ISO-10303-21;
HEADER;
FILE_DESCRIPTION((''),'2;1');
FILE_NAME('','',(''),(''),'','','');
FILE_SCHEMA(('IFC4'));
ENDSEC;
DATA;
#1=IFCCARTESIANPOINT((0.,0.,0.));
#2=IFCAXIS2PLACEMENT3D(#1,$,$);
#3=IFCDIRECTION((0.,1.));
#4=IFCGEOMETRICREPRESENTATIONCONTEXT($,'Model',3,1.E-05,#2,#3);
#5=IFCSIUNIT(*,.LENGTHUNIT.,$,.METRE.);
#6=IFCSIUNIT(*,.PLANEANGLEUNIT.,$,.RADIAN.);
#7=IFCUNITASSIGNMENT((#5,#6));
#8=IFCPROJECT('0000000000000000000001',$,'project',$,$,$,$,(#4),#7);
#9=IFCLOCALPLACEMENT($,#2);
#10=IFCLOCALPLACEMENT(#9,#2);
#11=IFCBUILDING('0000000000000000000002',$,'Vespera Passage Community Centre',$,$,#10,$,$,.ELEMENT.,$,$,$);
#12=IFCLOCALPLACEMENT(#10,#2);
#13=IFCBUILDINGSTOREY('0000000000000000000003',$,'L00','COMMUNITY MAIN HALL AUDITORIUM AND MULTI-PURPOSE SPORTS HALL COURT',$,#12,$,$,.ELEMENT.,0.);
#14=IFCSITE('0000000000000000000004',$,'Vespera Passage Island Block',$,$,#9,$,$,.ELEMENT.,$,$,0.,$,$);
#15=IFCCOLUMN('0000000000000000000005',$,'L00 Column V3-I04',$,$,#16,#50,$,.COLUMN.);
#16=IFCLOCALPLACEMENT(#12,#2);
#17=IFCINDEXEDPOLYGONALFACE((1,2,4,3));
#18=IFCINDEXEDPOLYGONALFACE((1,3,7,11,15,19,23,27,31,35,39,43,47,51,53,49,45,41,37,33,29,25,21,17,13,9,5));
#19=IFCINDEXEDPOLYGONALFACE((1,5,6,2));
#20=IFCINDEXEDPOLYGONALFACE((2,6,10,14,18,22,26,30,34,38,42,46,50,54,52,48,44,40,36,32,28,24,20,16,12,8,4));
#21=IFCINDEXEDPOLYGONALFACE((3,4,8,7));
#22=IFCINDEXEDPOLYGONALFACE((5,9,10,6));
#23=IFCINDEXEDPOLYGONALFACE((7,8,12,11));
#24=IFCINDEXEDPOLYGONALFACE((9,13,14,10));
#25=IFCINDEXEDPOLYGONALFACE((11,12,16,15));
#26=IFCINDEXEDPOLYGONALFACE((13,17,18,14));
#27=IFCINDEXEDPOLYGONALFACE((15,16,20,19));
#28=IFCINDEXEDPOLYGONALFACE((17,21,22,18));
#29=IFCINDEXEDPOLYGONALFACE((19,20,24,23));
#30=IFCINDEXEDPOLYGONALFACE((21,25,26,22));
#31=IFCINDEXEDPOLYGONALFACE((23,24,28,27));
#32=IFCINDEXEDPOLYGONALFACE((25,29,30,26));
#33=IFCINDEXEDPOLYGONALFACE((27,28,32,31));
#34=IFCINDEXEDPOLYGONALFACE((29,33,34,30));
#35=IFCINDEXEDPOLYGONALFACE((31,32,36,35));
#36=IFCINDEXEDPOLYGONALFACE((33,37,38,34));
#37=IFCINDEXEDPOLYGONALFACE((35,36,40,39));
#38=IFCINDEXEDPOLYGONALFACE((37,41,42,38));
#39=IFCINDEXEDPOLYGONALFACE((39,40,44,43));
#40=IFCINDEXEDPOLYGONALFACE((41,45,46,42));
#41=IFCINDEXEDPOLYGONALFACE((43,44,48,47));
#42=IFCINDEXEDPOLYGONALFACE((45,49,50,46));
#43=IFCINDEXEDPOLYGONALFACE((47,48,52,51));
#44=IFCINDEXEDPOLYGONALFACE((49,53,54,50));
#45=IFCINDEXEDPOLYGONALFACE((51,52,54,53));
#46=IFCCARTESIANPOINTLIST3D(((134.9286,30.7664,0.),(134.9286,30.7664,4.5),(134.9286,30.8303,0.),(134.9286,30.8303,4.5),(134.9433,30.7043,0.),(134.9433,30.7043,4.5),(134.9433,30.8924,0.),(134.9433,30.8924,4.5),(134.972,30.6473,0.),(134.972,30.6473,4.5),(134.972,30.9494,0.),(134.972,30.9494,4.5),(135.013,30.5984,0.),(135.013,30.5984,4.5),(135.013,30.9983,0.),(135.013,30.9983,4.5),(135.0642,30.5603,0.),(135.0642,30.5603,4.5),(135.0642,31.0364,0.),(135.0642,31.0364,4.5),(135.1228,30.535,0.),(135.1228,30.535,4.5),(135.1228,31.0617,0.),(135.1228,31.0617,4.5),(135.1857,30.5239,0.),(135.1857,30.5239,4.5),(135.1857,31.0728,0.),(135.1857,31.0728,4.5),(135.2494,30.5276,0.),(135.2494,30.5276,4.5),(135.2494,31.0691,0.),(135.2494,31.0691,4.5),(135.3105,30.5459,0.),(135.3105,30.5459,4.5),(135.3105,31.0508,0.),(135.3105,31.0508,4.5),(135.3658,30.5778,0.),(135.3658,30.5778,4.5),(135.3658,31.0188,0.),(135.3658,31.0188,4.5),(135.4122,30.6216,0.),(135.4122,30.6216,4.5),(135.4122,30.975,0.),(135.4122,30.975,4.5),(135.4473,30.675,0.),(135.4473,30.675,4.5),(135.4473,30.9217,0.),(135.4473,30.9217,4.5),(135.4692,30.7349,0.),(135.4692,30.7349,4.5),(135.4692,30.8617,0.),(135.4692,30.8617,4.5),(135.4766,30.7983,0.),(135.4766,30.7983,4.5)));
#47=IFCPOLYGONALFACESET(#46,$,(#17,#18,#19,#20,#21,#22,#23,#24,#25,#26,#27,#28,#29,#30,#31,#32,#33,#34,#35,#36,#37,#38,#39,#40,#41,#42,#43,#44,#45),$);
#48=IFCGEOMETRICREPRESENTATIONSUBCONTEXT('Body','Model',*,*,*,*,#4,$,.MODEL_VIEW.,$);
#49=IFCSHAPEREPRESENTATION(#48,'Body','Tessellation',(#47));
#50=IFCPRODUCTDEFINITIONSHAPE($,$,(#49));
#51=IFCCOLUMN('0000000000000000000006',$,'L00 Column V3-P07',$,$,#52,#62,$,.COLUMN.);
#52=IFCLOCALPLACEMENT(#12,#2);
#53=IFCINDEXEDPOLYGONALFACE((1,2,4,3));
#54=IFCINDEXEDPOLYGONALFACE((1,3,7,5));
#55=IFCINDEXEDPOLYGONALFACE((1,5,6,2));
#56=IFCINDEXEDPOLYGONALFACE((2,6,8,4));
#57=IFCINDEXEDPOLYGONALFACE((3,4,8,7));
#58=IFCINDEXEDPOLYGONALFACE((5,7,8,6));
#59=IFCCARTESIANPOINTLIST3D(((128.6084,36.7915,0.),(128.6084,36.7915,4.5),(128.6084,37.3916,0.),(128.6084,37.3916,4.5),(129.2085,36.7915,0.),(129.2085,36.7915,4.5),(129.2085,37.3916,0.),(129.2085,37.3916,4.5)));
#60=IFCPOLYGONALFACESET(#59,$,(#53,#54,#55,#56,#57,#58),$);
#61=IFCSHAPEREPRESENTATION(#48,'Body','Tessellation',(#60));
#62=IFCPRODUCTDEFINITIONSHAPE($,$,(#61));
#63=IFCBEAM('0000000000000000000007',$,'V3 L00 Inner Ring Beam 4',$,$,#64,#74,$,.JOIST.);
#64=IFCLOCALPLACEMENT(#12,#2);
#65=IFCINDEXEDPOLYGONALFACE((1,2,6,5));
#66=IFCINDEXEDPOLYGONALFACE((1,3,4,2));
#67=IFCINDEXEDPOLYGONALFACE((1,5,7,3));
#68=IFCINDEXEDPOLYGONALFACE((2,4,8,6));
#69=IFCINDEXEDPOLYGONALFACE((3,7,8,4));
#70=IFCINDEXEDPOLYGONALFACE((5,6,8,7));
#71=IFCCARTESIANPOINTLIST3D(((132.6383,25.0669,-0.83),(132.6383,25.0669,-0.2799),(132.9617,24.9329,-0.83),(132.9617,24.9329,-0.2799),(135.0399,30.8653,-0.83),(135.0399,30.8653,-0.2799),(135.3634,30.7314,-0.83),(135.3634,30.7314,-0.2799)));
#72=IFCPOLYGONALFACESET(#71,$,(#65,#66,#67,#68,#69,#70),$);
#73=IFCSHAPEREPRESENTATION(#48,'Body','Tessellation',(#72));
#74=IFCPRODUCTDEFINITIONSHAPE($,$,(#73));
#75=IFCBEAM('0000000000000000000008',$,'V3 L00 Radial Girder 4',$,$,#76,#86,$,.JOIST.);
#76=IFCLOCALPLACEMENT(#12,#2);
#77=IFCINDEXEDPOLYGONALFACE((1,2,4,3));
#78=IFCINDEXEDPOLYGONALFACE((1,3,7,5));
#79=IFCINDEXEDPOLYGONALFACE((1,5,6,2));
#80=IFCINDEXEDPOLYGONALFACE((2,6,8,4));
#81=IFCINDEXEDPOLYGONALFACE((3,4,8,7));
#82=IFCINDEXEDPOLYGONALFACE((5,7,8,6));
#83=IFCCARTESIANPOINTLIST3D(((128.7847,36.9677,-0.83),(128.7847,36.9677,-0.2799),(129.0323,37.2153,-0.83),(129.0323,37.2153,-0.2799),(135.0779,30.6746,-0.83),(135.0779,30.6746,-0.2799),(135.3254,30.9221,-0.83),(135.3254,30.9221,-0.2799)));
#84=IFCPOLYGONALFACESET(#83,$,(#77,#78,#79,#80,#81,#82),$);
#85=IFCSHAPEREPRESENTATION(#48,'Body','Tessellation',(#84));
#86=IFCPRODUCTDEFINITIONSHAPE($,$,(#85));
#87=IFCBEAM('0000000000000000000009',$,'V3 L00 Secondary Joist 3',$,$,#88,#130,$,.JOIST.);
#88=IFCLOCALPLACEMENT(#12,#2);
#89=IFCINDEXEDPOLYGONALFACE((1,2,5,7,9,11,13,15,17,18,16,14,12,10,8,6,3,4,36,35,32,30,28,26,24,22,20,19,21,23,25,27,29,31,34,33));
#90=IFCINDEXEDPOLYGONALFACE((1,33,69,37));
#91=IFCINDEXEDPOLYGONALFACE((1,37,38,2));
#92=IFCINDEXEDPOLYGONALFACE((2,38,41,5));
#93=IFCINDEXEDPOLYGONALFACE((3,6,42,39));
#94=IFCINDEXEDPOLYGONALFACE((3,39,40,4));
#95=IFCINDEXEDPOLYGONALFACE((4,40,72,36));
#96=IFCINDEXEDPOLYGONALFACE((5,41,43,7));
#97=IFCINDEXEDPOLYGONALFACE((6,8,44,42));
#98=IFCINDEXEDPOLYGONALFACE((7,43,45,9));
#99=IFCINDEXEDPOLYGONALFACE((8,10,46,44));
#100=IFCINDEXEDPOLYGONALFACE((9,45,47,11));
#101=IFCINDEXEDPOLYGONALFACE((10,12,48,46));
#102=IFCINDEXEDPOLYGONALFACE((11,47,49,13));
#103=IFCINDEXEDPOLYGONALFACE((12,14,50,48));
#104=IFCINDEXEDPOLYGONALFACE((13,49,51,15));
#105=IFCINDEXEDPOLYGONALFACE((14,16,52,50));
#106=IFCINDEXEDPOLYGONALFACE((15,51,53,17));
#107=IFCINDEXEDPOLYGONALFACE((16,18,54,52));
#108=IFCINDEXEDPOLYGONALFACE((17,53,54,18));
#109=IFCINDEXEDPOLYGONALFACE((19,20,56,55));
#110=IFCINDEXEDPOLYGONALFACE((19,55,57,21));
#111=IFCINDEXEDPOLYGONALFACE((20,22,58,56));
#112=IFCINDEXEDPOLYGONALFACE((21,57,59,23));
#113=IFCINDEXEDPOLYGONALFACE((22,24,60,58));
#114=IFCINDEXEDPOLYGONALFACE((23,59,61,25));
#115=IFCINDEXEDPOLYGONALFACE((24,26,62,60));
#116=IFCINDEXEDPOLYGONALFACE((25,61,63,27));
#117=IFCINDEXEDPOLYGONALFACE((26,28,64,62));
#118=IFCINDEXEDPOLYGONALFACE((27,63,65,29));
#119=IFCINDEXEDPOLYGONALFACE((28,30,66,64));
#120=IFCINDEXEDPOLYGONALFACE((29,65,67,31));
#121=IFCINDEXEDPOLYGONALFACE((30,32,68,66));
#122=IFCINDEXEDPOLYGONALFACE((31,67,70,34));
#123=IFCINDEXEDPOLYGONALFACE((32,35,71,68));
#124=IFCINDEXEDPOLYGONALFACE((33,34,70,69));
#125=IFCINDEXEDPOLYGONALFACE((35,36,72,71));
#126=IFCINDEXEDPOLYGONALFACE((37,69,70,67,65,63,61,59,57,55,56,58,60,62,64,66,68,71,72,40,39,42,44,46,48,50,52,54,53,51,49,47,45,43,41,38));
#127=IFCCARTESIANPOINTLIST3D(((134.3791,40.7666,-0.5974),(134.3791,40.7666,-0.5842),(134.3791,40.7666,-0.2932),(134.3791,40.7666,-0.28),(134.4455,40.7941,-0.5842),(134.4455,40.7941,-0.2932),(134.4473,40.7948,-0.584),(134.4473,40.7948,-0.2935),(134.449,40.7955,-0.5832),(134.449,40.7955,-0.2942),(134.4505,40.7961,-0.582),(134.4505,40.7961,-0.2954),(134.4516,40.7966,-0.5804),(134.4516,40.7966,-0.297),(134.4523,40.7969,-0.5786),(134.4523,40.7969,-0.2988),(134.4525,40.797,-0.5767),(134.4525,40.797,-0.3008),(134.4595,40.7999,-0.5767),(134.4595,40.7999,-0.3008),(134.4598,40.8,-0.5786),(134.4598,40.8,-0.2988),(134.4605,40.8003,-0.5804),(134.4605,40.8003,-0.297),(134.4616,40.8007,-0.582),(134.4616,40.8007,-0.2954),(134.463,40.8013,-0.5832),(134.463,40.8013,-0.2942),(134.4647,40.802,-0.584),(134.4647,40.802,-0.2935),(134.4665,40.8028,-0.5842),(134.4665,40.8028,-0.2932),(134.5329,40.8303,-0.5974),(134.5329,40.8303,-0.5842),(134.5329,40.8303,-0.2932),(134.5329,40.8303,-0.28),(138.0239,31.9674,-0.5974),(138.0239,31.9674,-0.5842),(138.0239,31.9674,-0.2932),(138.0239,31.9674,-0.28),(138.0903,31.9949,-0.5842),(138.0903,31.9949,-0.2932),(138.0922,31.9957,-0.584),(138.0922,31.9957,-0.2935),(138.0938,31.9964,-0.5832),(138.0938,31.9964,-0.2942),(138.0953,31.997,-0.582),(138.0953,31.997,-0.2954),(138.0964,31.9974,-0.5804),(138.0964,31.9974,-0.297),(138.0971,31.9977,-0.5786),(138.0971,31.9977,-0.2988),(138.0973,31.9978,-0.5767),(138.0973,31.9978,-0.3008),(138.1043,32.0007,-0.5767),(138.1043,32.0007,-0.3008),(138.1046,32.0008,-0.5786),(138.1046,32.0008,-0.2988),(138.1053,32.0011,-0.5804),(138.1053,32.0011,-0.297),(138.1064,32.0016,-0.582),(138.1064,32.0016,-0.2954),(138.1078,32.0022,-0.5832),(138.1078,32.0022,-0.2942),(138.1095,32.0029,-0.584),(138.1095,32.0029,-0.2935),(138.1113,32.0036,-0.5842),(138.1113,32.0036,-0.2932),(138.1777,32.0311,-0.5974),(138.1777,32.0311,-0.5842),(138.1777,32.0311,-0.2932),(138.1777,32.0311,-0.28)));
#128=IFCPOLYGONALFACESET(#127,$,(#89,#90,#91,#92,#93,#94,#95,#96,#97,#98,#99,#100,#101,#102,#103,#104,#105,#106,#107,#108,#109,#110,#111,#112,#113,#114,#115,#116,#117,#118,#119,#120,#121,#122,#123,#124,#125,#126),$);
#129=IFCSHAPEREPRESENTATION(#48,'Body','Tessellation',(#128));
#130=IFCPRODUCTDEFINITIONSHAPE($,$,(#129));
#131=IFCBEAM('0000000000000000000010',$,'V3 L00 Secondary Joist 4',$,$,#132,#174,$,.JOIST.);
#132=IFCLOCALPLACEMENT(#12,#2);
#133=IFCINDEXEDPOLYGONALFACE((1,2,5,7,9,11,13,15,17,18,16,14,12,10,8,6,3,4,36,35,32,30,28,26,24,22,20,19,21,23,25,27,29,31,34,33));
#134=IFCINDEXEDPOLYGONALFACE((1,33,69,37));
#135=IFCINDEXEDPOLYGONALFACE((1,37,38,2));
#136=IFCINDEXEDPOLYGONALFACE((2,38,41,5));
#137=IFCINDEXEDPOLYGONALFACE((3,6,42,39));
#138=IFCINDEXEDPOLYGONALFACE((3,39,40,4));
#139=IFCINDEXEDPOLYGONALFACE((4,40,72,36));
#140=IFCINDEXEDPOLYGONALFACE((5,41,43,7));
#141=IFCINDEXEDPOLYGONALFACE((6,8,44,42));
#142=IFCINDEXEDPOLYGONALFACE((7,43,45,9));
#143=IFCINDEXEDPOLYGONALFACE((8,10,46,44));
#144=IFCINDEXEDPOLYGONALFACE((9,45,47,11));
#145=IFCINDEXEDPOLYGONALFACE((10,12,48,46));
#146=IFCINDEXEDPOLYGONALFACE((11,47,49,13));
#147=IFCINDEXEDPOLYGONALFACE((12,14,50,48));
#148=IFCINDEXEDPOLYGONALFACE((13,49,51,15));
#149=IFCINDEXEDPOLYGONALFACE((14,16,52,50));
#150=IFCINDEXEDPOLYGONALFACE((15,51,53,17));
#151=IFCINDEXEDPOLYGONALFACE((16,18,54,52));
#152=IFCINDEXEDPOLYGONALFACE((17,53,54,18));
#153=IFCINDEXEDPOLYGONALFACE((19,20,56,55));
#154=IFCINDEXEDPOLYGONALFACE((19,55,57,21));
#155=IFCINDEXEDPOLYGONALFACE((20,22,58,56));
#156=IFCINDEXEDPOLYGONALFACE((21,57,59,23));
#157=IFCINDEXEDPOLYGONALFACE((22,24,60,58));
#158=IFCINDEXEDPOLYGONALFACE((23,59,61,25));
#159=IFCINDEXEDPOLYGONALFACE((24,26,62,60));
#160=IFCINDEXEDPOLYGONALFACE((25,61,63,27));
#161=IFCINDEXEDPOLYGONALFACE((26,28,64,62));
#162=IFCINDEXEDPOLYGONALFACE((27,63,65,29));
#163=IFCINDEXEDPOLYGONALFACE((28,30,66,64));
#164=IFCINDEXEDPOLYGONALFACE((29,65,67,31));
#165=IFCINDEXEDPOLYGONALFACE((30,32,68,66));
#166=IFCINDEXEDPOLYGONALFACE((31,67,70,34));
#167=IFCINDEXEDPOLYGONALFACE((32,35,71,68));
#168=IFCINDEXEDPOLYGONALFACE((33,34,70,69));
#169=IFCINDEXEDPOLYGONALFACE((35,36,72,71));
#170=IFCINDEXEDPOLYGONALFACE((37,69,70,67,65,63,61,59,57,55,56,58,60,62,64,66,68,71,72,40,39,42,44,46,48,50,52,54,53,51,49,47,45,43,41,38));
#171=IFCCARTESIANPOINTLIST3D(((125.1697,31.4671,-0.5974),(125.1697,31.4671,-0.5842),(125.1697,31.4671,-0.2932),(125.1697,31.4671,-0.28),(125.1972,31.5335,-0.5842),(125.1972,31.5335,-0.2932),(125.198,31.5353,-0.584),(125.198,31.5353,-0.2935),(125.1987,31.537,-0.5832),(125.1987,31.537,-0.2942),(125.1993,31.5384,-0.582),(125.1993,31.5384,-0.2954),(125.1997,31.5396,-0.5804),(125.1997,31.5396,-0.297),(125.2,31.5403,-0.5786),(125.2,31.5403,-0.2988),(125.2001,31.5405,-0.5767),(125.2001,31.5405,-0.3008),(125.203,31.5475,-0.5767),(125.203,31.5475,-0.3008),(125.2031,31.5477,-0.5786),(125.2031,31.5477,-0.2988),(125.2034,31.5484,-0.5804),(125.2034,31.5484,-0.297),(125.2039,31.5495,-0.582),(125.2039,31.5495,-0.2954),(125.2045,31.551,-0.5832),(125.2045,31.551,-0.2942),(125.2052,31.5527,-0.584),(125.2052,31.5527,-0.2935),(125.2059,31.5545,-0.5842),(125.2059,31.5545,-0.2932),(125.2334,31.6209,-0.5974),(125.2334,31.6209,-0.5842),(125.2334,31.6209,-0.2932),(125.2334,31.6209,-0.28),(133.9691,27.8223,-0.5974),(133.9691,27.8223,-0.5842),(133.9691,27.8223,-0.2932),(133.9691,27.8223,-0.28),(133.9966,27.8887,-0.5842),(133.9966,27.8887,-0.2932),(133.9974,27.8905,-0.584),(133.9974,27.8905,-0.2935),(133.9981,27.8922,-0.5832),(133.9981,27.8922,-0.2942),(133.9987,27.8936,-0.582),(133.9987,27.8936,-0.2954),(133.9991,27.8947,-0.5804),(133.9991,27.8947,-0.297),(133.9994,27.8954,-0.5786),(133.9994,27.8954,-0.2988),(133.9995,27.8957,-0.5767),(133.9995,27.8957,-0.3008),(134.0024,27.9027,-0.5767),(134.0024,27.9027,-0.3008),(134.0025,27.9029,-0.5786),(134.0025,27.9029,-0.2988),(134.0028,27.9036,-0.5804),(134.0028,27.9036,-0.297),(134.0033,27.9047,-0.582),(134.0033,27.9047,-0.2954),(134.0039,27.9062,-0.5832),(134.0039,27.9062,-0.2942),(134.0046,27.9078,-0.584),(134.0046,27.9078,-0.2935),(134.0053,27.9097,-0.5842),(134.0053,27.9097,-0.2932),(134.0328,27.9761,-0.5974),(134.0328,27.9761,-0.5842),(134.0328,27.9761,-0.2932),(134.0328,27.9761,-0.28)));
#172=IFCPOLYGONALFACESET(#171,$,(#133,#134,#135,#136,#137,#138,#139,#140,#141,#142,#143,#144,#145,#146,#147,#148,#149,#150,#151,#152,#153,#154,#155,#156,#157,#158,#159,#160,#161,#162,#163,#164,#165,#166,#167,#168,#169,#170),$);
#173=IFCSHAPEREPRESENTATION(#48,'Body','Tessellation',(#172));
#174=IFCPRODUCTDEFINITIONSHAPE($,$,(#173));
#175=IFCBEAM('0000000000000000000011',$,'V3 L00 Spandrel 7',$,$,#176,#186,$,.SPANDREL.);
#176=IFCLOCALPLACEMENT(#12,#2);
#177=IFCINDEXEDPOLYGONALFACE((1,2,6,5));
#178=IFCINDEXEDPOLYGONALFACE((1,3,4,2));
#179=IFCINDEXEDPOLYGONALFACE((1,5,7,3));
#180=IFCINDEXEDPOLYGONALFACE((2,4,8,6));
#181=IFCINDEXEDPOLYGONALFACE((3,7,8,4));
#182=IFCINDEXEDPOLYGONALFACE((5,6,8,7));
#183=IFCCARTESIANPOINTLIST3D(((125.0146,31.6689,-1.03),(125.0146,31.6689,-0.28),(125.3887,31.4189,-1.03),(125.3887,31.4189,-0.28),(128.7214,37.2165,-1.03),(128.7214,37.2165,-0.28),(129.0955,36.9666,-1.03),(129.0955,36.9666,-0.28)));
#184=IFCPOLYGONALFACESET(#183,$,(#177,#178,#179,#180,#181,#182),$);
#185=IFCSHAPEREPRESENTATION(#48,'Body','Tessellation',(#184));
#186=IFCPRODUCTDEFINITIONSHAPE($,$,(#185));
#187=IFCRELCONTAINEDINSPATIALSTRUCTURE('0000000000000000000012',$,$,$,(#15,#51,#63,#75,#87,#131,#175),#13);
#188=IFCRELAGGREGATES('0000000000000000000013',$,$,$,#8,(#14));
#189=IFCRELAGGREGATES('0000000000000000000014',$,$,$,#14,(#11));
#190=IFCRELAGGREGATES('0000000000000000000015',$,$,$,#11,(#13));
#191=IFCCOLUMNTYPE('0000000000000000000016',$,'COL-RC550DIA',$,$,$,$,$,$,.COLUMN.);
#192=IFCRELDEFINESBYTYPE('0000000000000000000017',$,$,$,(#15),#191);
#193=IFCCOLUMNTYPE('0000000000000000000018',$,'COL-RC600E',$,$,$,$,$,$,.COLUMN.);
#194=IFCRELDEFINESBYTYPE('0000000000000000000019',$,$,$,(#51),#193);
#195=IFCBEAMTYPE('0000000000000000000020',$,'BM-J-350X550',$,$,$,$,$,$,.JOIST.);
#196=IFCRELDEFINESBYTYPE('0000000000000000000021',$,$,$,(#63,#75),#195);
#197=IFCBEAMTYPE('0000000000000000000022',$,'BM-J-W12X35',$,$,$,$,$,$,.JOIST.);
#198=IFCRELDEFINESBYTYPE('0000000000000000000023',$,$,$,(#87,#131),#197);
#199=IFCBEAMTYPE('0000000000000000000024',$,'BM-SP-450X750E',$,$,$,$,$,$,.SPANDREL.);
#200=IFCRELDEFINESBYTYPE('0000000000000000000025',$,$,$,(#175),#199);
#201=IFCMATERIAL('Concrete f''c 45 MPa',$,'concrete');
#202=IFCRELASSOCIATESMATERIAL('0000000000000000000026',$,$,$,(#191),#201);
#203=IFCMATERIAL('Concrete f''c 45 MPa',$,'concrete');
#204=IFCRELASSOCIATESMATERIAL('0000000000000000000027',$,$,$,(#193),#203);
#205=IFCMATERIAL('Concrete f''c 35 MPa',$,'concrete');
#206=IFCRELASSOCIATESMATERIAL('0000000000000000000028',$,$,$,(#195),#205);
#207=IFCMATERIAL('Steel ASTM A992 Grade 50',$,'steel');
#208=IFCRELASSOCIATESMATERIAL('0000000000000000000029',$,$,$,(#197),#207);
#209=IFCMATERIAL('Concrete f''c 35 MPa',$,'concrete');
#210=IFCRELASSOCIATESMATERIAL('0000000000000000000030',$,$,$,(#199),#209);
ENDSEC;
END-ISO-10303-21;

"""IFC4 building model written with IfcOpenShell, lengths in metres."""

from ifc_helpers import new_model, si_unit, direction, frame, origin, origin_2d, place, context, subcontext, project, spatial, rectangle, circle, i_section, extrude, material, material_profile, profile_set, type_object, element, save


model = new_model("IFC4")

# Units and contexts
model_context = context("Model", 3, precision=1e-05, world=origin(), true_north=direction((0.0, 1.0)))
body_context = subcontext(model_context, "Body", "Model", "MODEL_VIEW")
ifc_project = project(units=[si_unit("LENGTHUNIT", "METRE"), si_unit("PLANEANGLEUNIT", "RADIAN")], contexts=[model_context])

# Site, building, storey
site_placement = place(None, origin())
site = spatial("IfcSite", under=ifc_project, at=site_placement, Name="Vespera Passage Island Block", CompositionType="ELEMENT", RefElevation=0.0)
building_placement = place(site_placement, origin())
building = spatial("IfcBuilding", under=site, at=building_placement, Name="Vespera Passage Community Centre", CompositionType="ELEMENT")
storey_placement = place(building_placement, origin())
storey = spatial("IfcBuildingStorey", under=building, at=storey_placement, Name="L00", Description="COMMUNITY MAIN HALL AUDITORIUM AND MULTI-PURPOSE SPORTS HALL COURT", CompositionType="ELEMENT", Elevation=0.0)

# Columns
ifc_material_1 = material(Name="Concrete f'c 45 MPa", Category="concrete")
ifc_material_profile_1 = material_profile(ifc_material_1, circle(Radius=0.2749, at=origin_2d()), Name="RC550DIA")
ifc_profile_set_1 = profile_set([ifc_material_profile_1], Name="Concrete f'c 45 MPa")
column_type_1 = type_object("IfcColumnType", Name="COL-RC550DIA", PredefinedType="COLUMN", material=ifc_profile_set_1)
column_1_placement = place(storey_placement, frame((135.2017, 30.7983, 0.0), z_axis=(0.0, 0.0, 1.0), x_axis=(1.0, 0.0, 0.0)))
element("IfcColumn", 1, at=column_1_placement, inside=storey, type_object=column_type_1, Name="L00 Column V3-I04", PredefinedType="COLUMN", context=body_context, shape_type="SweptSolid", body=[
    extrude(circle(Radius=0.2749, at=origin_2d()), origin(), (0.0, 0.0, 1.0), 4.5),
])
ifc_material_2 = material(Name="Concrete f'c 45 MPa", Category="concrete")
ifc_material_profile_2 = material_profile(ifc_material_2, rectangle(XDim=0.6001, YDim=0.6001, at=origin_2d()), Name="RC600X600")
ifc_profile_set_2 = profile_set([ifc_material_profile_2], Name="Concrete f'c 45 MPa")
column_type_2 = type_object("IfcColumnType", Name="COL-RC600E", PredefinedType="COLUMN", material=ifc_profile_set_2)
column_2_placement = place(storey_placement, frame((128.9084, 37.0916, 0.0), z_axis=(0.0, 0.0, 1.0), x_axis=(1.0, 0.0, 0.0)))
element("IfcColumn", 2, at=column_2_placement, inside=storey, type_object=column_type_2, Name="L00 Column V3-P07", PredefinedType="COLUMN", context=body_context, shape_type="SweptSolid", body=[
    extrude(rectangle(XDim=0.6001, YDim=0.6001, at=origin_2d()), origin(), (0.0, 0.0, 1.0), 4.5),
])

# Beams
ifc_material_3 = material(Name="Concrete f'c 35 MPa", Category="concrete")
ifc_material_profile_3 = material_profile(ifc_material_3, rectangle(XDim=0.3501, YDim=0.55, at=origin_2d()), Name="RC350X550")
ifc_profile_set_3 = profile_set([ifc_material_profile_3], Name="Concrete f'c 35 MPa")
beam_type_1 = type_object("IfcBeamType", Name="BM-J-350X550", PredefinedType="JOIST", material=ifc_profile_set_3)
beam_1_placement = place(storey_placement, frame((135.2017, 30.7983, -0.5549), z_axis=(-0.382664, -0.923887, 0.0), x_axis=(0.923887, -0.382664, 0.0)))
element("IfcBeam", 3, at=beam_1_placement, inside=storey, type_object=beam_type_1, Name="V3 L00 Inner Ring Beam 4", PredefinedType="JOIST", context=body_context, shape_type="SweptSolid", body=[
    extrude(rectangle(XDim=0.3501, YDim=0.55, at=origin_2d()), origin(), (0.0, 0.0, 1.0), 6.2761),
])
beam_2_placement = place(storey_placement, frame((135.2017, 30.7983, -0.5549), z_axis=(-0.707107, 0.707107, 0.0), x_axis=(-0.707107, -0.707107, 0.0)))
element("IfcBeam", 4, at=beam_2_placement, inside=storey, type_object=beam_type_1, Name="V3 L00 Radial Girder 4", PredefinedType="JOIST", context=body_context, shape_type="SweptSolid", body=[
    extrude(rectangle(XDim=0.3501, YDim=0.55, at=origin_2d()), origin(), (0.0, 0.0, 1.0), 8.8999),
])
ifc_material_4 = material(Name="Steel ASTM A992 Grade 50", Category="steel")
ifc_material_profile_4 = material_profile(ifc_material_4, i_section(OverallWidth=0.1665, OverallDepth=0.3174, WebThickness=0.0076, FlangeThickness=0.0132, FilletRadius=0.0076, at=origin_2d()), Name="W12X35")
ifc_profile_set_4 = profile_set([ifc_material_profile_4], Name="Steel ASTM A992 Grade 50")
beam_type_2 = type_object("IfcBeamType", Name="BM-J-W12X35", PredefinedType="JOIST", material=ifc_profile_set_4)
beam_3_placement = place(storey_placement, frame((138.1008, 31.9993, -0.4387), z_axis=(-0.382691, 0.923877, 0.0), x_axis=(-0.923877, -0.382691, 0.0)))
element("IfcBeam", 5, at=beam_3_placement, inside=storey, type_object=beam_type_2, Name="V3 L00 Secondary Joist 3", PredefinedType="JOIST", context=body_context, shape_type="SweptSolid", body=[
    extrude(i_section(OverallWidth=0.1665, OverallDepth=0.3174, WebThickness=0.0076, FlangeThickness=0.0132, FilletRadius=0.0076, at=origin_2d()), origin(), (0.0, 0.0, 1.0), 9.5242),
])
beam_4_placement = place(storey_placement, frame((134.001, 27.8992, -0.4387), z_axis=(-0.92388, 0.382682, 0.0), x_axis=(-0.382682, -0.92388, 0.0)))
element("IfcBeam", 6, at=beam_4_placement, inside=storey, type_object=beam_type_2, Name="V3 L00 Secondary Joist 4", PredefinedType="JOIST", context=body_context, shape_type="SweptSolid", body=[
    extrude(i_section(OverallWidth=0.1665, OverallDepth=0.3174, WebThickness=0.0076, FlangeThickness=0.0132, FilletRadius=0.0076, at=origin_2d()), origin(), (0.0, 0.0, 1.0), 9.5244),
])
ifc_material_5 = material(Name="Concrete f'c 35 MPa", Category="concrete")
ifc_material_profile_5 = material_profile(ifc_material_5, rectangle(XDim=0.45, YDim=0.75, at=origin_2d()), Name="RC450X750")
ifc_profile_set_5 = profile_set([ifc_material_profile_5], Name="Concrete f'c 35 MPa")
beam_type_3 = type_object("IfcBeamType", Name="BM-SP-450X750E", PredefinedType="SPANDREL", material=ifc_profile_set_5)
beam_5_placement = place(storey_placement, frame((128.9084, 37.0916, -0.655), z_axis=(-0.55557, -0.83147, 0.0), x_axis=(0.83147, -0.55557, 0.0)))
element("IfcBeam", 7, at=beam_5_placement, inside=storey, type_object=beam_type_3, Name="V3 L00 Spandrel 7", PredefinedType="SPANDREL", context=body_context, shape_type="SweptSolid", body=[
    extrude(rectangle(XDim=0.45, YDim=0.75, at=origin_2d()), origin(), (0.0, 0.0, 1.0), 6.6721),
])

save(model, "model.ifc")
